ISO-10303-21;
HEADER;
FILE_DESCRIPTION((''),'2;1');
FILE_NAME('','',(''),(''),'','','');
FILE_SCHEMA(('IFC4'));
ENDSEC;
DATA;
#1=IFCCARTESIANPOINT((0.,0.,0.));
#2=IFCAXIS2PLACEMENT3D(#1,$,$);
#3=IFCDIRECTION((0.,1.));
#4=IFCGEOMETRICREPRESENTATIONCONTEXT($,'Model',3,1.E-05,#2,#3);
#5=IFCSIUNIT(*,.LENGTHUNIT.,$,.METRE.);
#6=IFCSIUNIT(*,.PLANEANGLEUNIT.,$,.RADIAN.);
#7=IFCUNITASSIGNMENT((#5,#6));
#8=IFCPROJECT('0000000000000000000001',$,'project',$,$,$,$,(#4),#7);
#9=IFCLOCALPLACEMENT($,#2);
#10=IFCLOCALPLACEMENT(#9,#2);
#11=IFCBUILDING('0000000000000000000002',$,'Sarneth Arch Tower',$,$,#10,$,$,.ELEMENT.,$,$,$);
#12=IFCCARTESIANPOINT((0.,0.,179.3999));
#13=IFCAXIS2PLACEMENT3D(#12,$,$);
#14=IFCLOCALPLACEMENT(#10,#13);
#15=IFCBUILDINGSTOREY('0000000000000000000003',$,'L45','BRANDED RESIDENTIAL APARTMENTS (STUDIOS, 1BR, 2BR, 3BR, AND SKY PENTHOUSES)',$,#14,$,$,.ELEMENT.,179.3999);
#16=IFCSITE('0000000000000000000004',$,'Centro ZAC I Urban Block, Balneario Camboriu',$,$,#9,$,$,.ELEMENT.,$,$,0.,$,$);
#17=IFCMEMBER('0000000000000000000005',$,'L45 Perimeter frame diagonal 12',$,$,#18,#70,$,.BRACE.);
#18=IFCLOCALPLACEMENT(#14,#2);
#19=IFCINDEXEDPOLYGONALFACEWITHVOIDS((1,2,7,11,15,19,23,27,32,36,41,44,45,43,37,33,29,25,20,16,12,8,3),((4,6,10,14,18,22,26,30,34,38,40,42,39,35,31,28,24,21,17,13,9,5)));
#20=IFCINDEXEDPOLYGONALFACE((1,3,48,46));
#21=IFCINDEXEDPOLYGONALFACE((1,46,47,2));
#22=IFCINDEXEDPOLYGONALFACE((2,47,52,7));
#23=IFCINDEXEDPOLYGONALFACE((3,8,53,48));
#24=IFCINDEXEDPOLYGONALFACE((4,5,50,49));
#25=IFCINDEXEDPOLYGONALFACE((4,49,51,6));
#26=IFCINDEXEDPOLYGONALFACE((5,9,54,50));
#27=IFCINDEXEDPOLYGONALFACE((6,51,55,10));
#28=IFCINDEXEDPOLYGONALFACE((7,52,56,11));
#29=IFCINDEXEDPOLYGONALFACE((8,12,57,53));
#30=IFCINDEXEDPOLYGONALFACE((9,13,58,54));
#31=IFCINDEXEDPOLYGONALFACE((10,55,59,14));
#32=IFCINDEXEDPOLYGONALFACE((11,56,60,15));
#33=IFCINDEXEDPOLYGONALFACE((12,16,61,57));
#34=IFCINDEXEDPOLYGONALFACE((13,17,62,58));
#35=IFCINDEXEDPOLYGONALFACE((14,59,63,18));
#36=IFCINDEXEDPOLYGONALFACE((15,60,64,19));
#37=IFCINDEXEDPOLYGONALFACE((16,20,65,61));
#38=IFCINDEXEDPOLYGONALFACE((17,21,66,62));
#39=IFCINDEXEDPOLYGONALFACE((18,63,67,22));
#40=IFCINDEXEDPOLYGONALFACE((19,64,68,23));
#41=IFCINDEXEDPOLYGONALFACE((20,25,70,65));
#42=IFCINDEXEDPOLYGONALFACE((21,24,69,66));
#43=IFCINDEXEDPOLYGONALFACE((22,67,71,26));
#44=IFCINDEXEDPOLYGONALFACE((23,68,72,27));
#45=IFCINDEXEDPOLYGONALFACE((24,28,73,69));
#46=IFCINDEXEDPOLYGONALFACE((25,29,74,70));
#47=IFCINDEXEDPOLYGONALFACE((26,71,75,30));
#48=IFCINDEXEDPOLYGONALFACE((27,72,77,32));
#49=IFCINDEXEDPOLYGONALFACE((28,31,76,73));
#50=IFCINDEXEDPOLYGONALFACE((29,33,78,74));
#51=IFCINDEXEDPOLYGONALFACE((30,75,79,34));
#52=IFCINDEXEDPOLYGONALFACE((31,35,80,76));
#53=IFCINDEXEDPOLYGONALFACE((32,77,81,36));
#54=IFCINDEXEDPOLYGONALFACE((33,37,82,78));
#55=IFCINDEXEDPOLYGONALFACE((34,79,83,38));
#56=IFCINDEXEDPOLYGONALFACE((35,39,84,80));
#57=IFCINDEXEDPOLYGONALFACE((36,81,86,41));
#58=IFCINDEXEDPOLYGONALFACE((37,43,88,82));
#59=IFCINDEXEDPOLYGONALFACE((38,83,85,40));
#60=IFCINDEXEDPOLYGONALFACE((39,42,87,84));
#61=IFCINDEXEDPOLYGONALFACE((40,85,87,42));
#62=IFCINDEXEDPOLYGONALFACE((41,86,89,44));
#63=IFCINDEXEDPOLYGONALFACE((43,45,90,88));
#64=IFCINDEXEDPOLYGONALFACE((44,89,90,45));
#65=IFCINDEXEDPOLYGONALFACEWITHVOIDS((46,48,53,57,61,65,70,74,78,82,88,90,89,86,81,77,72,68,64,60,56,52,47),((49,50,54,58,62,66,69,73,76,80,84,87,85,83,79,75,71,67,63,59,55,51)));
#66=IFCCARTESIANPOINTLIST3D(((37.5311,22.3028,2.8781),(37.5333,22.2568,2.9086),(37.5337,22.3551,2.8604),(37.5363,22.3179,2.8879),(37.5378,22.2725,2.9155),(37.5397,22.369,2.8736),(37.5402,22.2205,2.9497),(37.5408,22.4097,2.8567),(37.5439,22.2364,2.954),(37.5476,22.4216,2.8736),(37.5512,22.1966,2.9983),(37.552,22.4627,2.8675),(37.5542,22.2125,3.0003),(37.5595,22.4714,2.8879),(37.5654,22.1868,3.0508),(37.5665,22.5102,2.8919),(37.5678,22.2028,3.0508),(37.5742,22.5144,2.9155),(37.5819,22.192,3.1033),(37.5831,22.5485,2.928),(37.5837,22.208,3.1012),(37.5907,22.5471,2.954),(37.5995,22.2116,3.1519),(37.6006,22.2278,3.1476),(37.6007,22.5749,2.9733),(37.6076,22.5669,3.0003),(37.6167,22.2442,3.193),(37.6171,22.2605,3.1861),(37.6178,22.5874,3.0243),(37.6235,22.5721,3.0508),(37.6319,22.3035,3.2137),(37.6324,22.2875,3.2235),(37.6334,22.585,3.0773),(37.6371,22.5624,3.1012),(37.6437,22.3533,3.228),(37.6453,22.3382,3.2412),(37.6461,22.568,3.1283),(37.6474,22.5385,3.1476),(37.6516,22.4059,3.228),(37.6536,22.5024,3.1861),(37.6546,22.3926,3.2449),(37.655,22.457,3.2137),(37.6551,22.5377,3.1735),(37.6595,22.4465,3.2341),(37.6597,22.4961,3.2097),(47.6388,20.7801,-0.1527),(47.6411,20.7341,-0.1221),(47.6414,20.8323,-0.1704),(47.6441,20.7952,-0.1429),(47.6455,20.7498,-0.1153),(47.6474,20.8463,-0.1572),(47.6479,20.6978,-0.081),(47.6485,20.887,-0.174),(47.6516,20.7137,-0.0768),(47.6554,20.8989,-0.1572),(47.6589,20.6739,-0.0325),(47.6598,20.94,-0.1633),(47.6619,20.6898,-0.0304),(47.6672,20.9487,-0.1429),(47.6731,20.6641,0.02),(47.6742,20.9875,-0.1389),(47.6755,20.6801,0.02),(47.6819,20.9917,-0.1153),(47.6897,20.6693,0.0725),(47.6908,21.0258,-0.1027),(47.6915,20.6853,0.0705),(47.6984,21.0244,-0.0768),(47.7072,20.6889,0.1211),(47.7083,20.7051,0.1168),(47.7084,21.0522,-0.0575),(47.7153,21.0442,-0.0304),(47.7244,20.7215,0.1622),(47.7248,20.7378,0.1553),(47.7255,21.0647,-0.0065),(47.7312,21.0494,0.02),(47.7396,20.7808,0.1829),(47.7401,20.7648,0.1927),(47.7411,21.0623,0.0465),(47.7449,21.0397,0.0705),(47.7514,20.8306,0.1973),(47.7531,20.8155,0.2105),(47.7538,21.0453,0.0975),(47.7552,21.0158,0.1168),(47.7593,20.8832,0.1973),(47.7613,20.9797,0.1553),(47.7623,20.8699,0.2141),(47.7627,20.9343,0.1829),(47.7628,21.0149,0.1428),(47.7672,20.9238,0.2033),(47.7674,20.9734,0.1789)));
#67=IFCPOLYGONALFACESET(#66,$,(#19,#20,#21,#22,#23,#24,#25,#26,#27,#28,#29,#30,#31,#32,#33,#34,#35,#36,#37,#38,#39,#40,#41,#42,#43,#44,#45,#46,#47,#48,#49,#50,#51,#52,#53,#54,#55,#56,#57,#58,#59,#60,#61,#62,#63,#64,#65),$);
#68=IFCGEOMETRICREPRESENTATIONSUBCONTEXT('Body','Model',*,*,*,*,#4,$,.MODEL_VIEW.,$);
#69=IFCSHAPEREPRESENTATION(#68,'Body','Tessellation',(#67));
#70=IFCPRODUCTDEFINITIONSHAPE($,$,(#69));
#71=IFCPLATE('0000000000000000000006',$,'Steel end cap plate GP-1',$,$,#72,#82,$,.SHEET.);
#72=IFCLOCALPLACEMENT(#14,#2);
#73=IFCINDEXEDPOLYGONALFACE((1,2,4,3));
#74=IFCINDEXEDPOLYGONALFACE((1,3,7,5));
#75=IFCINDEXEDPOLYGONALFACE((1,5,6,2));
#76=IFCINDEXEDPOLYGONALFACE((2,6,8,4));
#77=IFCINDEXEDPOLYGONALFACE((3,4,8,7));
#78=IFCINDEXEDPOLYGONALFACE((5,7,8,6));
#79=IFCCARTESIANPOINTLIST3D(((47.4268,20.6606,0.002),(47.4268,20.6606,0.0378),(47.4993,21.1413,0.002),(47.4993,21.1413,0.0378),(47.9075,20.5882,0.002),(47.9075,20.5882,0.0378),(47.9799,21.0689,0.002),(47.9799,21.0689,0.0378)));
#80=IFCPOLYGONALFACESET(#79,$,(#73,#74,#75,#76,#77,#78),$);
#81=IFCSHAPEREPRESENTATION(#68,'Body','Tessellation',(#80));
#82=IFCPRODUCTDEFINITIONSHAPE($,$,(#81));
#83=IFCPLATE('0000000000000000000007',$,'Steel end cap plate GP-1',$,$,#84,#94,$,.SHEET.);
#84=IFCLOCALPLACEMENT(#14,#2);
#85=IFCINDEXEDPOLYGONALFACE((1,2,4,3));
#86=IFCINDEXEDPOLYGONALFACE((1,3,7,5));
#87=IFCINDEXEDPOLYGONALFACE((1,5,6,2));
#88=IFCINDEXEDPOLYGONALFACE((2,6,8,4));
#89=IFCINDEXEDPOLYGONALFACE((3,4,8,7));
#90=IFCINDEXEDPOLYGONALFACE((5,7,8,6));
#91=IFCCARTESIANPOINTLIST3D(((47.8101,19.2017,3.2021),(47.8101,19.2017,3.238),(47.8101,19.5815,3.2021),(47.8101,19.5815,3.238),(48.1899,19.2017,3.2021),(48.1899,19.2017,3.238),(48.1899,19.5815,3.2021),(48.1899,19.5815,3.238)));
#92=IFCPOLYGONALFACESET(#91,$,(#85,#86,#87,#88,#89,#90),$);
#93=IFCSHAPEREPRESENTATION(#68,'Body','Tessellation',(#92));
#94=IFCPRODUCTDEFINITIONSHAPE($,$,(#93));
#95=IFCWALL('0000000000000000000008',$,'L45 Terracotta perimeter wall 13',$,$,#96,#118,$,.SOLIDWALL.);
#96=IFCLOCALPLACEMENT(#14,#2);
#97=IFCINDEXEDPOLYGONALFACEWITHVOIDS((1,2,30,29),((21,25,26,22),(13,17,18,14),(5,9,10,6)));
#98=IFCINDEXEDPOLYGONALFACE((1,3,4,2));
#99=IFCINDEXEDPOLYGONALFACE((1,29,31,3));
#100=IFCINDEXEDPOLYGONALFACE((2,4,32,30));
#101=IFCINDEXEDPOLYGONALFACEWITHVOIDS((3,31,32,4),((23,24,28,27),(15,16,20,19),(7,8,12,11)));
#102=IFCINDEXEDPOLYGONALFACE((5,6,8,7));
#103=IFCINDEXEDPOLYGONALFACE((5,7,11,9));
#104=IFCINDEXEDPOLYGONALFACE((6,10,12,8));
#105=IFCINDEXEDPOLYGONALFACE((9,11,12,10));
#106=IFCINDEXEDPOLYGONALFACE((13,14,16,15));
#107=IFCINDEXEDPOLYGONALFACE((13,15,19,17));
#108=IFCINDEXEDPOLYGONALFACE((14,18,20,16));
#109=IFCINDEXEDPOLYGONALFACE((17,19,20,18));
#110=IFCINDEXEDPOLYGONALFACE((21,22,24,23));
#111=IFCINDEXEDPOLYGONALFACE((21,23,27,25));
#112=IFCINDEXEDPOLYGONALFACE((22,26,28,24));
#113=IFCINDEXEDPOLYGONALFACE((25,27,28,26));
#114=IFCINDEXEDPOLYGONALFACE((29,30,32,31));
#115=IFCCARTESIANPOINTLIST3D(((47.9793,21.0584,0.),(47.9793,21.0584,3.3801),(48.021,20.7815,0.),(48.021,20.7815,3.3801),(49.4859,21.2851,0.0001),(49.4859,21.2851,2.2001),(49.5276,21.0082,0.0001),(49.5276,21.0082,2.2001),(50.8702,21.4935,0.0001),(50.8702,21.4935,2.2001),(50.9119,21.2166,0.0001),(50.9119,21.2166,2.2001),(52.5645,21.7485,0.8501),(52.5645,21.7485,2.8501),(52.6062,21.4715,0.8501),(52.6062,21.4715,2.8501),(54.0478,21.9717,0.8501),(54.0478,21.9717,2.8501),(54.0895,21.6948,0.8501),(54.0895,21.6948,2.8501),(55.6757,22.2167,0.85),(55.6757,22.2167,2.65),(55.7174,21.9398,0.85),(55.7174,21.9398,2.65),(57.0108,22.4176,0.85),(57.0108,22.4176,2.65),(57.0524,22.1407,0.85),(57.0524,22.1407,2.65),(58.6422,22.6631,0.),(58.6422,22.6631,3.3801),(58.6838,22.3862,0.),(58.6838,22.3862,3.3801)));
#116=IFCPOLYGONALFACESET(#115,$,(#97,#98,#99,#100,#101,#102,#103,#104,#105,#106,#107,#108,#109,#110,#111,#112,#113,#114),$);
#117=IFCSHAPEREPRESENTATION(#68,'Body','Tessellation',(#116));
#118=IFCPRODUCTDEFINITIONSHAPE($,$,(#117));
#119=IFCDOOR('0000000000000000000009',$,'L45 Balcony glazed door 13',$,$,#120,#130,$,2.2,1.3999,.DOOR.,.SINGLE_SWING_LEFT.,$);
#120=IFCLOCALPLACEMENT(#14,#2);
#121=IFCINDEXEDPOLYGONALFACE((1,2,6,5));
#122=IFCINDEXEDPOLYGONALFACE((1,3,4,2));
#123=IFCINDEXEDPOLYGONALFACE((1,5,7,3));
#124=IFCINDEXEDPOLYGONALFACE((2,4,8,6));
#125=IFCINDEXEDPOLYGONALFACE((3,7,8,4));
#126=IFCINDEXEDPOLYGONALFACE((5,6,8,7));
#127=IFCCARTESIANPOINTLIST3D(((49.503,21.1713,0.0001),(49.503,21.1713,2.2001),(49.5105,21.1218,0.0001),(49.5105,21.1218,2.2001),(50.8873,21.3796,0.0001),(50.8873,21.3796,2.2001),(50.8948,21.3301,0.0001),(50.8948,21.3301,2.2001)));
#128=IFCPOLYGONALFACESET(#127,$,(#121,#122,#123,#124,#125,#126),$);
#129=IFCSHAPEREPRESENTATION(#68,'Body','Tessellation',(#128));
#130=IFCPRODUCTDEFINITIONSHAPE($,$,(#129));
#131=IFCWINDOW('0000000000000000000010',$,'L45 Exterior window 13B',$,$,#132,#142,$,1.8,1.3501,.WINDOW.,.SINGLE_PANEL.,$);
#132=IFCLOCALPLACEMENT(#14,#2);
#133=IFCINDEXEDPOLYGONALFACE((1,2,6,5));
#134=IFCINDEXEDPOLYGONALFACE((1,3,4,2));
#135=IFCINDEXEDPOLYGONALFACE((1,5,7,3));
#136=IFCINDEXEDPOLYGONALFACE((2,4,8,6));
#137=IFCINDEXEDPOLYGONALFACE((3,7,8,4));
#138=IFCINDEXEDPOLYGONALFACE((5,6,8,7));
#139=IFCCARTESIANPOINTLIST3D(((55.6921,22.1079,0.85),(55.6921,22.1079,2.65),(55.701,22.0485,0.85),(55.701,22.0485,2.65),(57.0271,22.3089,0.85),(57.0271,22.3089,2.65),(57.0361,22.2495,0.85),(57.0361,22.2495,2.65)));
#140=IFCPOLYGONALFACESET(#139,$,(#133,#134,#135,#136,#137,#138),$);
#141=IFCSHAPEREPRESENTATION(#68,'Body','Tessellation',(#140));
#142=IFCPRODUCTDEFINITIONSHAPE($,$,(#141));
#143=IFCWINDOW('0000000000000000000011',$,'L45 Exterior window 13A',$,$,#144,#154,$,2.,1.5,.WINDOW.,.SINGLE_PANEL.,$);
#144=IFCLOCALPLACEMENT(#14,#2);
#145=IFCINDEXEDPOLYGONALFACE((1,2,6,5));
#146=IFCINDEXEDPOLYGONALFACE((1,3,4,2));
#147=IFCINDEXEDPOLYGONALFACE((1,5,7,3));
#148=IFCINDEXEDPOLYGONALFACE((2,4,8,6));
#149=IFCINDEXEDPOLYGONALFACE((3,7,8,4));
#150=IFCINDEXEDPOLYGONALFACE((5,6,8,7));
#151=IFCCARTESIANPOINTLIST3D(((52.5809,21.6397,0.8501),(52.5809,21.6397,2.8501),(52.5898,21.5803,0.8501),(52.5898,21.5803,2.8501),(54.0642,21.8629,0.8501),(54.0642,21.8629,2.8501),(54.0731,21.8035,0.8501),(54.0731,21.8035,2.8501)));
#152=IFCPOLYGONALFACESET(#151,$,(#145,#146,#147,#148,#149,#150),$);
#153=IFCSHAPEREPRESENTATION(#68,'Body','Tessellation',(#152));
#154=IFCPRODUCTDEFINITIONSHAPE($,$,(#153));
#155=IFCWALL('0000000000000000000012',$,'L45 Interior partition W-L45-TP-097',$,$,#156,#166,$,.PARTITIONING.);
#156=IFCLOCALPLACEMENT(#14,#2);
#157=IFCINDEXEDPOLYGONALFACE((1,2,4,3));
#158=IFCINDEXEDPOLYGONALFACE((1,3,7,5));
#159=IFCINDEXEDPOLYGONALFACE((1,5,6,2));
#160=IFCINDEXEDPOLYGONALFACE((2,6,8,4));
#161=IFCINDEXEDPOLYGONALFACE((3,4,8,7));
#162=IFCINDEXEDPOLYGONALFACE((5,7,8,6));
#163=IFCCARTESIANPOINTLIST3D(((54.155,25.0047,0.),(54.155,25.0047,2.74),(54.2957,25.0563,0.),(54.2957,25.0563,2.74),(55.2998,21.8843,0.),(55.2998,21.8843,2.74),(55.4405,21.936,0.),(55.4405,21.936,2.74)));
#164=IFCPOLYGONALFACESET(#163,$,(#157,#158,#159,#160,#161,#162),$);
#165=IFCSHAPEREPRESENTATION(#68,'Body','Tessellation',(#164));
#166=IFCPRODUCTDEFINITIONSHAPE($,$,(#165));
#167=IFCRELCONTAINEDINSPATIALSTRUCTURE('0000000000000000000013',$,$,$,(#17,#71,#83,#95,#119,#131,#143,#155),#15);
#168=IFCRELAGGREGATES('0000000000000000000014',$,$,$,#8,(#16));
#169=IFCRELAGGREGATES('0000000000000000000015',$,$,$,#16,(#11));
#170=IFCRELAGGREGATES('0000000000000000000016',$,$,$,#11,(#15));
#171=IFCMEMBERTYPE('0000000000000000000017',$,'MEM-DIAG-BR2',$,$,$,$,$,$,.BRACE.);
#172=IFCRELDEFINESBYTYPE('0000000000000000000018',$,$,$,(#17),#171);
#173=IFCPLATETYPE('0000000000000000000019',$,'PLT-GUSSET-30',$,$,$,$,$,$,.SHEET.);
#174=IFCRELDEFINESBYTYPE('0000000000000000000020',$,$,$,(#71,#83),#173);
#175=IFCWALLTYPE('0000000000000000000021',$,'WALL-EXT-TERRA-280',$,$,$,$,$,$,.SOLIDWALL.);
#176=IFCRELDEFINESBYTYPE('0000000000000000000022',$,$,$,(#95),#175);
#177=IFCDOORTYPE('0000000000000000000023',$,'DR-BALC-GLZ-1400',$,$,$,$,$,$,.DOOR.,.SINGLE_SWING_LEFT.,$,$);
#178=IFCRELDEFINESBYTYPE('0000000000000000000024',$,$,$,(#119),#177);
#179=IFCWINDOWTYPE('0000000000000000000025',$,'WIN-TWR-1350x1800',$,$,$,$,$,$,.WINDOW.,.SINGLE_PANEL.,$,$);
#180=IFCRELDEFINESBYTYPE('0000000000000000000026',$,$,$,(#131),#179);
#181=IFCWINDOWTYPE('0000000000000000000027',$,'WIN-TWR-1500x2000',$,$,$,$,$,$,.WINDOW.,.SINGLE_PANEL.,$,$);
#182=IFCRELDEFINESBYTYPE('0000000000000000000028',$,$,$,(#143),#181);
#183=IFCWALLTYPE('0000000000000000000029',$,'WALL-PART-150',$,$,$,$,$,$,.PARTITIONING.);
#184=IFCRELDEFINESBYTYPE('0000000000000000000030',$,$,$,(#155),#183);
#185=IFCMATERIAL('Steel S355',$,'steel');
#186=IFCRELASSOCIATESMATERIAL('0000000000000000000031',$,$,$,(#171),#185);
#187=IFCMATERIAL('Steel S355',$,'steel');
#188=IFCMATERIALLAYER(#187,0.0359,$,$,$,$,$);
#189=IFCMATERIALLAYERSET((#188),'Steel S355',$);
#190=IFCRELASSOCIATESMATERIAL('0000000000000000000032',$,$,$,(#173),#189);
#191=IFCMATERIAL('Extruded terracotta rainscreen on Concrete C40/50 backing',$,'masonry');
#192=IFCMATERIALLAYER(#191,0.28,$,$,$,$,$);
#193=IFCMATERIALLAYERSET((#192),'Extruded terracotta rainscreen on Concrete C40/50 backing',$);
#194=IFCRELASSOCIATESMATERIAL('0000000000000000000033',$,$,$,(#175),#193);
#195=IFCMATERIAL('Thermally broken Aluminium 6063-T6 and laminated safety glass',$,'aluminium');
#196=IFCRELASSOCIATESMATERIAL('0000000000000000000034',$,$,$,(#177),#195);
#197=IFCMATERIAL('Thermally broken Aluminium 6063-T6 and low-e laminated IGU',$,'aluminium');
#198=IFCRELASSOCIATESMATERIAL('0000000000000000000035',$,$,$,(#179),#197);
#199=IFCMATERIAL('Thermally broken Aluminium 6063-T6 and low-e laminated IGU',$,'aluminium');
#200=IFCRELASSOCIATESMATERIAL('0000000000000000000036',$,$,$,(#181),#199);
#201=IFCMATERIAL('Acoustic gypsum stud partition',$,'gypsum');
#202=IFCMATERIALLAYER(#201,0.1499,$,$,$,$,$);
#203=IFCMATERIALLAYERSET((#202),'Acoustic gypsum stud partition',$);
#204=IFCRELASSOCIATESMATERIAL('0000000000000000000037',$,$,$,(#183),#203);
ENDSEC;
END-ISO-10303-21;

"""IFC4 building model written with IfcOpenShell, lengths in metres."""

from ifc_helpers import new_model, si_unit, direction, frame, frame_2d, origin, origin_2d, place, context, subcontext, project, spatial, rectangle, hollow_circle, extrude, material, layer, layer_set, material_profile, profile_set, type_object, element, fill, save


model = new_model("IFC4")

# Units and contexts
model_context = context("Model", 3, precision=1e-05, world=origin(), true_north=direction((0.0, 1.0)))
body_context = subcontext(model_context, "Body", "Model", "MODEL_VIEW")
ifc_project = project(units=[si_unit("LENGTHUNIT", "METRE"), si_unit("PLANEANGLEUNIT", "RADIAN")], contexts=[model_context])

# Site, building, storey
site_placement = place(None, origin())
site = spatial("IfcSite", under=ifc_project, at=site_placement, Name="Centro ZAC I Urban Block, Balneario Camboriu", CompositionType="ELEMENT", RefElevation=0.0)
building_placement = place(site_placement, origin())
building = spatial("IfcBuilding", under=site, at=building_placement, Name="Sarneth Arch Tower", CompositionType="ELEMENT")
storey_placement = place(building_placement, frame((0.0, 0.0, 179.3999)))
storey = spatial("IfcBuildingStorey", under=building, at=storey_placement, Name="L45", Description="BRANDED RESIDENTIAL APARTMENTS (STUDIOS, 1BR, 2BR, 3BR, AND SKY PENTHOUSES)", CompositionType="ELEMENT", Elevation=179.3999)

# Member
ifc_material_1 = material(Name="Steel S355", Category="steel")
ifc_material_profile_1 = material_profile(ifc_material_1, hollow_circle(Radius=0.2029, WallThickness=0.0161, at=origin_2d()), Name="CHS406x16")
ifc_profile_set_1 = profile_set([ifc_material_profile_1], Name="Steel S355")
member_type_1 = type_object("IfcMemberType", Name="MEM-DIAG-BR2", PredefinedType="BRACE", material=ifc_profile_set_1)
member_1_placement = place(storey_placement, frame((47.7034, 20.8647, 0.02), z_axis=(-0.948047, 0.142822, 0.28427), x_axis=(-0.148968, -0.988842, 0.0)))
element("IfcMember", 1, at=member_1_placement, inside=storey, type_object=member_type_1, Name="L45 Perimeter frame diagonal 12", PredefinedType="BRACE", context=body_context, shape_type="SweptSolid", body=[
    extrude(hollow_circle(Radius=0.2029, WallThickness=0.0161, at=origin_2d()), origin(), (0.0, 0.0, 1.0), 10.6616),
])

# Plates
ifc_material_2 = material(Name="Steel S355", Category="steel")
ifc_layer_1 = layer(ifc_material_2, 0.0359)
ifc_layer_set_1 = layer_set([ifc_layer_1], Name="Steel S355")
plate_type = type_object("IfcPlateType", Name="PLT-GUSSET-30", PredefinedType="SHEET", material=ifc_layer_set_1)
plate_1_placement = place(storey_placement, frame((47.7034, 20.8647, 0.002), z_axis=(0.0, 0.0, 1.0), x_axis=(0.988835, -0.149018, 0.0)))
element("IfcPlate", 2, at=plate_1_placement, inside=storey, type_object=plate_type, Name="Steel end cap plate GP-1", PredefinedType="SHEET", context=body_context, shape_type="SweptSolid", body=[
    extrude(rectangle(XDim=0.4861, YDim=0.4861, at=origin_2d()), origin(), (0.0, 0.0, 1.0), 0.0359),
])
plate_2_placement = place(storey_placement, frame((48.0, 19.3916, 3.2021), z_axis=(0.0, 0.0, 1.0), x_axis=(0.0, -1.0, 0.0)))
element("IfcPlate", 3, at=plate_2_placement, inside=storey, type_object=plate_type, Name="Steel end cap plate GP-1", PredefinedType="SHEET", context=body_context, shape_type="SweptSolid", body=[
    extrude(rectangle(XDim=0.3799, YDim=0.3799, at=origin_2d()), origin(), (0.0, 0.0, 1.0), 0.0359),
])

# Wall, openings, door, windows
ifc_material_3 = material(Name="Extruded terracotta rainscreen on Concrete C40/50 backing", Category="masonry")
ifc_layer_2 = layer(ifc_material_3, 0.28)
ifc_layer_set_2 = layer_set([ifc_layer_2], Name="Extruded terracotta rainscreen on Concrete C40/50 backing")
wall_type_1 = type_object("IfcWallType", Name="WALL-EXT-TERRA-280", PredefinedType="SOLIDWALL", material=ifc_layer_set_2)
wall_1_placement = place(storey_placement, frame((48.0, 20.9199, 0.0), z_axis=(0.0, 0.0, 1.0), x_axis=(0.988864, 0.148822, 0.0)))
wall_1 = element("IfcWall", 4, at=wall_1_placement, inside=storey, type_object=wall_type_1, Name="L45 Terracotta perimeter wall 13", PredefinedType="SOLIDWALL", context=body_context, shape_type="SweptSolid", body=[
    extrude(rectangle(XDim=10.783, YDim=0.28, at=frame_2d((5.3916, 0.0))), origin(), (0.0, 0.0, 1.0), 3.3801),
])
opening_1_placement = place(wall_1_placement, frame((1.5237, 0.0, 0.0)))
opening_1 = element("IfcOpeningElement", 5, at=opening_1_placement, cuts=wall_1, PredefinedType="OPENING", context=body_context, shape_type="SweptSolid", body=[
    extrude(rectangle(XDim=1.3999, YDim=2.2, at=frame_2d((0.7, 1.1001))), frame((0.0, 0.1499, 0.0), z_axis=(0.0, -1.0, 0.0), x_axis=(1.0, 0.0, 0.0)), (0.0, 0.0, 1.0), 0.3),
])
opening_2_placement = place(wall_1_placement, frame((4.637, 0.0, 0.8501)))
opening_2 = element("IfcOpeningElement", 6, at=opening_2_placement, cuts=wall_1, PredefinedType="OPENING", context=body_context, shape_type="SweptSolid", body=[
    extrude(rectangle(XDim=1.5, YDim=2.0, at=frame_2d((0.75, 1.0))), frame((0.0, 0.1499, 0.0), z_axis=(0.0, -1.0, 0.0), x_axis=(1.0, 0.0, 0.0)), (0.0, 0.0, 1.0), 0.3),
])
opening_3_placement = place(wall_1_placement, frame((7.7832, 0.0, 0.8501)))
opening_3 = element("IfcOpeningElement", 7, at=opening_3_placement, cuts=wall_1, PredefinedType="OPENING", context=body_context, shape_type="SweptSolid", body=[
    extrude(rectangle(XDim=1.3501, YDim=1.8, at=frame_2d((0.675, 0.8999))), frame((0.0, 0.1499, 0.0), z_axis=(0.0, -1.0, 0.0), x_axis=(1.0, 0.0, 0.0)), (0.0, 0.0, 1.0), 0.3),
])
ifc_material_4 = material(Name="Thermally broken Aluminium 6063-T6 and laminated safety glass", Category="aluminium")
door_type_1 = type_object("IfcDoorType", Name="DR-BALC-GLZ-1400", OperationType="SINGLE_SWING_LEFT", PredefinedType="DOOR", material=ifc_material_4)
door_1_placement = place(opening_1_placement, origin())
door_1 = element("IfcDoor", 8, at=door_1_placement, inside=storey, type_object=door_type_1, Name="L45 Balcony glazed door 13", OperationType="SINGLE_SWING_LEFT", OverallHeight=2.2, OverallWidth=1.3999, PredefinedType="DOOR", context=body_context, shape_type="SweptSolid", body=[
    extrude(rectangle(XDim=1.3999, YDim=2.2, at=frame_2d((0.7, 1.1001))), frame((0.0, 0.0249, 0.0), z_axis=(0.0, -1.0, 0.0), x_axis=(1.0, 0.0, 0.0)), (0.0, 0.0, 1.0), 0.05),
])
fill(opening_1, door_1)
ifc_material_5 = material(Name="Thermally broken Aluminium 6063-T6 and low-e laminated IGU", Category="aluminium")
window_type_1 = type_object("IfcWindowType", Name="WIN-TWR-1350x1800", PartitioningType="SINGLE_PANEL", PredefinedType="WINDOW", material=ifc_material_5)
window_1_placement = place(opening_3_placement, origin())
window_1 = element("IfcWindow", 9, at=window_1_placement, inside=storey, type_object=window_type_1, Name="L45 Exterior window 13B", OverallHeight=1.8, OverallWidth=1.3501, PartitioningType="SINGLE_PANEL", PredefinedType="WINDOW", context=body_context, shape_type="SweptSolid", body=[
    extrude(rectangle(XDim=1.3501, YDim=1.8, at=frame_2d((0.675, 0.8999))), frame((0.0, 0.03, 0.0), z_axis=(0.0, -1.0, 0.0), x_axis=(1.0, 0.0, 0.0)), (0.0, 0.0, 1.0), 0.0601),
])
fill(opening_3, window_1)
ifc_material_6 = material(Name="Thermally broken Aluminium 6063-T6 and low-e laminated IGU", Category="aluminium")
window_type_2 = type_object("IfcWindowType", Name="WIN-TWR-1500x2000", PartitioningType="SINGLE_PANEL", PredefinedType="WINDOW", material=ifc_material_6)
window_2_placement = place(opening_2_placement, origin())
window_2 = element("IfcWindow", 10, at=window_2_placement, inside=storey, type_object=window_type_2, Name="L45 Exterior window 13A", OverallHeight=2.0, OverallWidth=1.5, PartitioningType="SINGLE_PANEL", PredefinedType="WINDOW", context=body_context, shape_type="SweptSolid", body=[
    extrude(rectangle(XDim=1.5, YDim=2.0, at=frame_2d((0.75, 1.0))), frame((0.0, 0.03, 0.0), z_axis=(0.0, -1.0, 0.0), x_axis=(1.0, 0.0, 0.0)), (0.0, 0.0, 1.0), 0.0601),
])
fill(opening_2, window_2)

# Wall
ifc_material_7 = material(Name="Acoustic gypsum stud partition", Category="gypsum")
ifc_layer_3 = layer(ifc_material_7, 0.1499)
ifc_layer_set_3 = layer_set([ifc_layer_3], Name="Acoustic gypsum stud partition")
wall_type_2 = type_object("IfcWallType", Name="WALL-PART-150", PredefinedType="PARTITIONING", material=ifc_layer_set_3)
wall_2_placement = place(storey_placement, frame((55.3701, 21.9102, 0.0), z_axis=(0.0, 0.0, 1.0), x_axis=(-0.344425, 0.938814, 0.0)))
element("IfcWall", 11, at=wall_2_placement, inside=storey, type_object=wall_type_2, Name="L45 Interior partition W-L45-TP-097", PredefinedType="PARTITIONING", context=body_context, shape_type="SweptSolid", body=[
    extrude(rectangle(XDim=3.3237, YDim=0.1499, at=frame_2d((1.6619, 0.0))), origin(), (0.0, 0.0, 1.0), 2.74),
])

save(model, "model.ifc")
